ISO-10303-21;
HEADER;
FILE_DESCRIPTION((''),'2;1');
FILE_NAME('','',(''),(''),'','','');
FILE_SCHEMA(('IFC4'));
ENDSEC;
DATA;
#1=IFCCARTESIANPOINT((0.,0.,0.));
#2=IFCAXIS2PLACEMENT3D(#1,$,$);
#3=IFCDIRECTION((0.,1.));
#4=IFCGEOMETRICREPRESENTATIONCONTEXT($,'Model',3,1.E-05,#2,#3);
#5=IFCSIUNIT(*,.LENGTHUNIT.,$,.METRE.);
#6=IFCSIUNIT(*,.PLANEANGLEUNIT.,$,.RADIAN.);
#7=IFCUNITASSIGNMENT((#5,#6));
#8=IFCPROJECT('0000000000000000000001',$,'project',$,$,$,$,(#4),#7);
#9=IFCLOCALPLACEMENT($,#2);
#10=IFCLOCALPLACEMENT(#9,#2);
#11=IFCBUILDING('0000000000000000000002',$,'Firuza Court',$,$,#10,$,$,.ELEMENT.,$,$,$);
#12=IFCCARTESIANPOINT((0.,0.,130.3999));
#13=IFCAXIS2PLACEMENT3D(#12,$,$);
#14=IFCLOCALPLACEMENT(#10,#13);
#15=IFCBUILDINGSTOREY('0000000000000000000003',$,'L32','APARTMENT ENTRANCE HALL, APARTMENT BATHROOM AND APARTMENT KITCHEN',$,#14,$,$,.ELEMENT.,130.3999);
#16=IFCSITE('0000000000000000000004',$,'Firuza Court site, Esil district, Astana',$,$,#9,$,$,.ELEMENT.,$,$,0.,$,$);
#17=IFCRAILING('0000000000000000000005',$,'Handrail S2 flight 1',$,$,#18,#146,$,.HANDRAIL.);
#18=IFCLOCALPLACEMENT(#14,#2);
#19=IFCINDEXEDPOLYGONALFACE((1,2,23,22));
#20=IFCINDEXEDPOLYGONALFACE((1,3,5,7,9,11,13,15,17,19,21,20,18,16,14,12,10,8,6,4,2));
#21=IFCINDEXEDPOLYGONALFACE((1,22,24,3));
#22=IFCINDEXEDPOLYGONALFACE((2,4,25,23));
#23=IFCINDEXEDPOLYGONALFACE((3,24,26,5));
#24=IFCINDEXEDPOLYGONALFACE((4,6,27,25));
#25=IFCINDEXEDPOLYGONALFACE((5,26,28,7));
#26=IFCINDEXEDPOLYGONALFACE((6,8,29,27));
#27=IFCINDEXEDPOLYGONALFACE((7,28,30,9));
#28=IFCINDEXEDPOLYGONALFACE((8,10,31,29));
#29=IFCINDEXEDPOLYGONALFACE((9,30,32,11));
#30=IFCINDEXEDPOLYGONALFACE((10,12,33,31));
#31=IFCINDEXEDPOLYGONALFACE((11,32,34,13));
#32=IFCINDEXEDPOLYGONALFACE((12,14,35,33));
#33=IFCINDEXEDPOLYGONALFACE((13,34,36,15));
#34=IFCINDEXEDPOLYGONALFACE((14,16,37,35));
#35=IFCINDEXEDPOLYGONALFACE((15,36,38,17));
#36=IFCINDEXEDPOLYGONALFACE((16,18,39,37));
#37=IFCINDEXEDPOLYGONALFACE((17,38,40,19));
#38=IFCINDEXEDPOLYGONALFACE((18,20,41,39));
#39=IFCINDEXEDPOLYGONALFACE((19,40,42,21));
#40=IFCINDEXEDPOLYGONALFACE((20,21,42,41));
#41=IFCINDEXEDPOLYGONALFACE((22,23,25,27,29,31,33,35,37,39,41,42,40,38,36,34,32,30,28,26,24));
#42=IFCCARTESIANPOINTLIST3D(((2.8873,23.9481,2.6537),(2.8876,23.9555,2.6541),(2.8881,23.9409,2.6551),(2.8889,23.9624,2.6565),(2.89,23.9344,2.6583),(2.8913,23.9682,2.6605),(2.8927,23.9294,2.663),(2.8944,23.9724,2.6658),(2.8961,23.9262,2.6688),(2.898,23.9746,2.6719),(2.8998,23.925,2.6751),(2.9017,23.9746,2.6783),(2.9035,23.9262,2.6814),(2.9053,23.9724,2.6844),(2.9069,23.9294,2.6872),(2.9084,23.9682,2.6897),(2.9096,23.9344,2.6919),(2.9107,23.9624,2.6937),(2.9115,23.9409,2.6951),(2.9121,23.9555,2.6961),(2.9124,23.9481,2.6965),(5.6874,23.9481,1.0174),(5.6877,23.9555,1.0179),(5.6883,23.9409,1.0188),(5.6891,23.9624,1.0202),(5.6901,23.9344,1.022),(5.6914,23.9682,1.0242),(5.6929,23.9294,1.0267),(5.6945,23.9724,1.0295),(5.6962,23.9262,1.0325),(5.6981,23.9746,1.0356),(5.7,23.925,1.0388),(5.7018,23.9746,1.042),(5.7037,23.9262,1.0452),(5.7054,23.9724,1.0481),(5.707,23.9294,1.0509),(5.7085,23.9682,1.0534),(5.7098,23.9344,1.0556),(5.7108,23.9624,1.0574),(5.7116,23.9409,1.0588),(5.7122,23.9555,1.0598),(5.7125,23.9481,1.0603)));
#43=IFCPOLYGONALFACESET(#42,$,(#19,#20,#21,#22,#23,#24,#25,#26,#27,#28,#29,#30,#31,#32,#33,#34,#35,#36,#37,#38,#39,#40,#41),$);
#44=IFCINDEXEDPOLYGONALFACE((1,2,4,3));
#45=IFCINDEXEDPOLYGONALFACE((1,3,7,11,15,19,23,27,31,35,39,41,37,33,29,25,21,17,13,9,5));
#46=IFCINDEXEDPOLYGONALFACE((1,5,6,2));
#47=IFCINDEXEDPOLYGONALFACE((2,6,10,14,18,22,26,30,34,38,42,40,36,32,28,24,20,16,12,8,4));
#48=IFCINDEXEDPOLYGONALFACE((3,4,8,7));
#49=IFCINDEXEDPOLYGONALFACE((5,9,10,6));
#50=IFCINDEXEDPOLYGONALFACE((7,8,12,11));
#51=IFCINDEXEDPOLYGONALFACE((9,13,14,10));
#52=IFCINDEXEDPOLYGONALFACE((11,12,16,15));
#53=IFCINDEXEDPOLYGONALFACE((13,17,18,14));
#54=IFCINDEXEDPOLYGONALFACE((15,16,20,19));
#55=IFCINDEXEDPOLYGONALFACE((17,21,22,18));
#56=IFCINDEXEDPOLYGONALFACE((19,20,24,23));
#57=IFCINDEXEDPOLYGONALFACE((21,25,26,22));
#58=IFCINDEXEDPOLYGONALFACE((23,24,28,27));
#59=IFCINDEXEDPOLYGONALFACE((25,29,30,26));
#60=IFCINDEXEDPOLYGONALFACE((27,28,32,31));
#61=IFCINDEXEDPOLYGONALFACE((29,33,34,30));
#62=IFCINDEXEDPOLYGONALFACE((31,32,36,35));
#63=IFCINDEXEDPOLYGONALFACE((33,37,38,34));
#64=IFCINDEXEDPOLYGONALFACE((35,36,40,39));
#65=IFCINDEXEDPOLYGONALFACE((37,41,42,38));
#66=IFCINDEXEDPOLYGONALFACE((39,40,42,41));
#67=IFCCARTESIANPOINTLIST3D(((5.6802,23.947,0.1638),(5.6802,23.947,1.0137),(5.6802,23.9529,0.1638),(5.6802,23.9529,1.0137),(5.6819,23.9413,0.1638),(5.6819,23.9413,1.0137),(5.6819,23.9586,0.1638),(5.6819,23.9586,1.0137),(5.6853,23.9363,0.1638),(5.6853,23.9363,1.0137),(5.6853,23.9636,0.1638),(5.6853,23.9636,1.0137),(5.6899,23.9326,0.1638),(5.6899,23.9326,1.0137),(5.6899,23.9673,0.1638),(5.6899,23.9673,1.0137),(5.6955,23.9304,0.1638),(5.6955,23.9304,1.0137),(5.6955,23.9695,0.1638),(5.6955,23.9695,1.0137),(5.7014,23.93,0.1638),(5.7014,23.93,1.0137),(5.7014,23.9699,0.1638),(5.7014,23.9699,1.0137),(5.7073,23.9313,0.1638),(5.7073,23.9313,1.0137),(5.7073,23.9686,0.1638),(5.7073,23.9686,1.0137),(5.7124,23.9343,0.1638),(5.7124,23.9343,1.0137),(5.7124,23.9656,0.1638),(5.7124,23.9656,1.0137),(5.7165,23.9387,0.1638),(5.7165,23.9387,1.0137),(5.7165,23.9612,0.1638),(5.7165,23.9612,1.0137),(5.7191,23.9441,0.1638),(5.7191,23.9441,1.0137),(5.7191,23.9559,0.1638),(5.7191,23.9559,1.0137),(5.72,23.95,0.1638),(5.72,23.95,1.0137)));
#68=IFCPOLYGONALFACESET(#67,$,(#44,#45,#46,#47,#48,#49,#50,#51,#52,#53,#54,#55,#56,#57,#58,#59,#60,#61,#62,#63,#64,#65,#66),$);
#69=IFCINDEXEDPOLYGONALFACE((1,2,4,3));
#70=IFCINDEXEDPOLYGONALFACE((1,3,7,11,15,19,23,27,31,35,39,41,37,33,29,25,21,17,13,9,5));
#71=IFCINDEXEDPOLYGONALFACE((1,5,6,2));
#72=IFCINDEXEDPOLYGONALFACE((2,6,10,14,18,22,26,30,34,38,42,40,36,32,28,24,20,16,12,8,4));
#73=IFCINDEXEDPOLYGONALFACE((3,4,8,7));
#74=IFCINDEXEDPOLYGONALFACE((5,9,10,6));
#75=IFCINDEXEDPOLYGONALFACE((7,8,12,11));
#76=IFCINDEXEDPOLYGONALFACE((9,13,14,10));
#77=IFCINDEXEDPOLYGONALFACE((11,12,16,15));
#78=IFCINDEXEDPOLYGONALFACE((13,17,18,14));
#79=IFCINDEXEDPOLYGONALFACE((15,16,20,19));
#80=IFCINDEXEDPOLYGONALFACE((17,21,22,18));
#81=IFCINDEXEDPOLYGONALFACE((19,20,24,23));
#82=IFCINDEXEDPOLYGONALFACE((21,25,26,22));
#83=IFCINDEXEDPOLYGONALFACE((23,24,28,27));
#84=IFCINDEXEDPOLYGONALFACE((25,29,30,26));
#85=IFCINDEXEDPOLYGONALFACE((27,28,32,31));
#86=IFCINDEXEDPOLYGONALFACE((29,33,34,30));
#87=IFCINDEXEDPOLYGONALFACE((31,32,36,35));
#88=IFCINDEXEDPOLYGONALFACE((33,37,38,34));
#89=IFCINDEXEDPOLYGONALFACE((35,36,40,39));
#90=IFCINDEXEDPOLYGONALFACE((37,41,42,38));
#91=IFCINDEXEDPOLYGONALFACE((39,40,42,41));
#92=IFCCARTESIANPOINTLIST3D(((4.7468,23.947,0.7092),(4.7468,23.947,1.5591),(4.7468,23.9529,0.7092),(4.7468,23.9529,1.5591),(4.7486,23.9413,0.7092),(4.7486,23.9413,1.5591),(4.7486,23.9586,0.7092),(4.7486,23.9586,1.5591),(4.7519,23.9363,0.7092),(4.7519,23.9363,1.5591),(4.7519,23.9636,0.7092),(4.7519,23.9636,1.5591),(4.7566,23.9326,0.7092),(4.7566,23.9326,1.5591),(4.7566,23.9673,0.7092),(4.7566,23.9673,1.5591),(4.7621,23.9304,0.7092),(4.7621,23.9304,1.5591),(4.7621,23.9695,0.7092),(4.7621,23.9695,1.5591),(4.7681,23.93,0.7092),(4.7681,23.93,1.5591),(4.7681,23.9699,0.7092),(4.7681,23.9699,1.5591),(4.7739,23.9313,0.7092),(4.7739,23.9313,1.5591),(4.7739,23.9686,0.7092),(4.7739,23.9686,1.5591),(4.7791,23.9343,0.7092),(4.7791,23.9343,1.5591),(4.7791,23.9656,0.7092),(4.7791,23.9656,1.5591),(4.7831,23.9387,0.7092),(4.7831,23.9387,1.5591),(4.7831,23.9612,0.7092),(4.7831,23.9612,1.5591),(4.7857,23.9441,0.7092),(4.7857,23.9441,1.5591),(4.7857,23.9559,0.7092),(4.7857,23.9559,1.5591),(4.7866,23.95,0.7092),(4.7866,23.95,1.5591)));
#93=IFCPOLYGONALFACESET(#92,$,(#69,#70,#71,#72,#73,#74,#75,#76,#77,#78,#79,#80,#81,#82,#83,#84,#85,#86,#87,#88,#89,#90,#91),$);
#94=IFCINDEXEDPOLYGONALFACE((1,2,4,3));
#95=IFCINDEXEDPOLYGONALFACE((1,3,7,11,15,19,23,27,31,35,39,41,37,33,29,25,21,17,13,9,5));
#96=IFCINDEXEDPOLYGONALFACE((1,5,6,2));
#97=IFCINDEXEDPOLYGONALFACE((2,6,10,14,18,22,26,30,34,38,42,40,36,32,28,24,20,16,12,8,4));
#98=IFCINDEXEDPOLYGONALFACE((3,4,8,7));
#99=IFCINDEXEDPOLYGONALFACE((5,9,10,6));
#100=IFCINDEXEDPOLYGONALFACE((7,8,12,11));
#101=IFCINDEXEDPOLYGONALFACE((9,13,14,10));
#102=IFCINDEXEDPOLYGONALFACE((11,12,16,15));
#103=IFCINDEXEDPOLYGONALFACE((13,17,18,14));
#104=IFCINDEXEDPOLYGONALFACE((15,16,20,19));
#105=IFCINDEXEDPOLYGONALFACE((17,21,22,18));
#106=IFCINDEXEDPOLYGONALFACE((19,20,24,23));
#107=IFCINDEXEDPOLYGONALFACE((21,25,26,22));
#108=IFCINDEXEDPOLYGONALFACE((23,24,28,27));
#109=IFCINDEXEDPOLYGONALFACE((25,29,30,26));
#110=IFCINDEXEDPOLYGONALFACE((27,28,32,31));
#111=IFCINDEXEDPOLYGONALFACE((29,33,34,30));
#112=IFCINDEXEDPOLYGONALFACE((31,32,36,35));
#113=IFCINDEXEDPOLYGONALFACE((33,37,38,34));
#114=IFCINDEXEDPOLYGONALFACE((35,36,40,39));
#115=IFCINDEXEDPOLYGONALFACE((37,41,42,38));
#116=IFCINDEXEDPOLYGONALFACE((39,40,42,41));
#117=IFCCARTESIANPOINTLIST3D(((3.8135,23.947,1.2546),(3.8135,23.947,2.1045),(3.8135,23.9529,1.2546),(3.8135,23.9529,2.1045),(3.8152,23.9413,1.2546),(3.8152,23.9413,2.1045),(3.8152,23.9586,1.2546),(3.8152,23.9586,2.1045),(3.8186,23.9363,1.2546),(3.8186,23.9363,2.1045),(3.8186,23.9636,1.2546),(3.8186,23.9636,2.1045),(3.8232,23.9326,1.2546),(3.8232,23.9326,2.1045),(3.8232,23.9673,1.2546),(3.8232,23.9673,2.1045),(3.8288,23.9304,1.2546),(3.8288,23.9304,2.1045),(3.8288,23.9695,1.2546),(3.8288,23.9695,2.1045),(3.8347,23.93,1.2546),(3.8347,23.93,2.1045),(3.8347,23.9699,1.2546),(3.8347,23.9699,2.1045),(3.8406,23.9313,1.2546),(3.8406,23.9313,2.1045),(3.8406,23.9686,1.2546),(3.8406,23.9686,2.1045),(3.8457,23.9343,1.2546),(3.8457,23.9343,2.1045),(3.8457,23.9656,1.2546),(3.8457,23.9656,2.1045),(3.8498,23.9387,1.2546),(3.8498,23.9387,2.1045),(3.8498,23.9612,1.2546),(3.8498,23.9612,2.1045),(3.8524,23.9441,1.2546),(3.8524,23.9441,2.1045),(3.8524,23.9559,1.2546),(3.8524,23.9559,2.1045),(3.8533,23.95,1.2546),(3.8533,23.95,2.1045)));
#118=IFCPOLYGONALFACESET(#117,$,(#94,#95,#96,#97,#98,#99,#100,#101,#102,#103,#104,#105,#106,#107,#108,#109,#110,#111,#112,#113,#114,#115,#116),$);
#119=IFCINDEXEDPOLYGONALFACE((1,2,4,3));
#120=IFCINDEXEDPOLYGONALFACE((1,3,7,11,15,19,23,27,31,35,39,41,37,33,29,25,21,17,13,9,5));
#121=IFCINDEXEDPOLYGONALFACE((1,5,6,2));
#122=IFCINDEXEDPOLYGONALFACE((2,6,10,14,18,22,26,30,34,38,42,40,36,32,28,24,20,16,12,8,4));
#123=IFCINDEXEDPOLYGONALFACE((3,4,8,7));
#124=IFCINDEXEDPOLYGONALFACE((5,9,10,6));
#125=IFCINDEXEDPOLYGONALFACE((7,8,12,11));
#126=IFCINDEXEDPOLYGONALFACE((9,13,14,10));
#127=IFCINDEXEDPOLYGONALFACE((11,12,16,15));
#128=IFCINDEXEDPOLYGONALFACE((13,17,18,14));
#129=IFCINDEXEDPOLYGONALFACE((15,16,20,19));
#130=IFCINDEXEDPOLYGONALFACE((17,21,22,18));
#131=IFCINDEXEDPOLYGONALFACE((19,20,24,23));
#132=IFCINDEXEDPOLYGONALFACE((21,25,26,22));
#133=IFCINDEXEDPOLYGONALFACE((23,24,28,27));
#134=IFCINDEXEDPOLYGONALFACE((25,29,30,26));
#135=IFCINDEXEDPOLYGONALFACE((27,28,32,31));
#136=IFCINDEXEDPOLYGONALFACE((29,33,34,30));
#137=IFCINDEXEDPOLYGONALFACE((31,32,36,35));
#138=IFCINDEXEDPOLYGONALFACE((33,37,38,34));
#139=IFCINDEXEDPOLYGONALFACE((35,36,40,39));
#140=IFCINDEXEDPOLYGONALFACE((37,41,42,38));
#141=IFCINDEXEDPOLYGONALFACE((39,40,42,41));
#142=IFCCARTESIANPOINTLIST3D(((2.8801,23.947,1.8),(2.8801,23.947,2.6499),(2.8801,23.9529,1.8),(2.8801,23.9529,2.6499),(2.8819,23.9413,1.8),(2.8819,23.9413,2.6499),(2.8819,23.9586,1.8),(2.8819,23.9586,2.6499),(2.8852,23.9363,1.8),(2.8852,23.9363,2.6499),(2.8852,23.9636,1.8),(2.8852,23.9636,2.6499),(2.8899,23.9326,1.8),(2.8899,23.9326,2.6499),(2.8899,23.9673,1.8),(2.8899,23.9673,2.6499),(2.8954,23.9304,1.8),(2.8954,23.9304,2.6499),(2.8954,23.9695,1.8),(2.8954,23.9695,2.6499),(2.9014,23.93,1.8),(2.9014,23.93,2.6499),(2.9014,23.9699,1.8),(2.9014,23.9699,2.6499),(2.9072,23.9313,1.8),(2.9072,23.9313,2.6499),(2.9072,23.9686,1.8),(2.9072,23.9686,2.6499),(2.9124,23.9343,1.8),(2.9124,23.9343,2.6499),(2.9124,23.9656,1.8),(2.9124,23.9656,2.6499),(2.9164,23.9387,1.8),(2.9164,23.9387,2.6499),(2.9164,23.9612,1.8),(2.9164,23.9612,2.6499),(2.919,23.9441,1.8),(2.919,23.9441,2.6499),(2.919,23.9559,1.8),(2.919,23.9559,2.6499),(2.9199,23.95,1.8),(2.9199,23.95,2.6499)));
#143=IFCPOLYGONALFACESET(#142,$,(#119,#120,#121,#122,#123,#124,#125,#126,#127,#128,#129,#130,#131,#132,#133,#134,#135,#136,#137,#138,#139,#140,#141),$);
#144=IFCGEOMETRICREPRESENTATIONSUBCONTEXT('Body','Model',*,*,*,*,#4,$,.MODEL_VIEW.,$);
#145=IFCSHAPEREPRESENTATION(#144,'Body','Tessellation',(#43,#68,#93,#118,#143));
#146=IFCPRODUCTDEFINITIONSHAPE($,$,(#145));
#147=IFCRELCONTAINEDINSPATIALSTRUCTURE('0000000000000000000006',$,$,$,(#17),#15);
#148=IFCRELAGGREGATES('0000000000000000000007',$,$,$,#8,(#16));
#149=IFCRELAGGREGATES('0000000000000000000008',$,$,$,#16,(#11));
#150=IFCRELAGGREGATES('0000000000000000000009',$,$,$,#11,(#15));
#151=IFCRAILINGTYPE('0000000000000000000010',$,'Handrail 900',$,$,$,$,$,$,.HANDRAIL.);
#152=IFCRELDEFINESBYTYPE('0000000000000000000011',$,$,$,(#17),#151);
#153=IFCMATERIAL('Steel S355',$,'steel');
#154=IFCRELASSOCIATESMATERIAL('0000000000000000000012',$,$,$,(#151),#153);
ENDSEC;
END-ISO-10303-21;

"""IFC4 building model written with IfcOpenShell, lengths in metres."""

from ifc_helpers import new_model, si_unit, direction, frame, origin, origin_2d, place, context, subcontext, project, spatial, circle, extrude, material, type_object, element, save


model = new_model("IFC4")

# Units and contexts
model_context = context("Model", 3, precision=1e-05, world=origin(), true_north=direction((0.0, 1.0)))
body_context = subcontext(model_context, "Body", "Model", "MODEL_VIEW")
ifc_project = project(units=[si_unit("LENGTHUNIT", "METRE"), si_unit("PLANEANGLEUNIT", "RADIAN")], contexts=[model_context])

# Site, building, storey
site_placement = place(None, origin())
site = spatial("IfcSite", under=ifc_project, at=site_placement, Name="Firuza Court site, Esil district, Astana", CompositionType="ELEMENT", RefElevation=0.0)
building_placement = place(site_placement, origin())
building = spatial("IfcBuilding", under=site, at=building_placement, Name="Firuza Court", CompositionType="ELEMENT")
storey_placement = place(building_placement, frame((0.0, 0.0, 130.3999)))
storey = spatial("IfcBuildingStorey", under=building, at=storey_placement, Name="L32", Description="APARTMENT ENTRANCE HALL, APARTMENT BATHROOM AND APARTMENT KITCHEN", CompositionType="ELEMENT", Elevation=130.3999)

# Railing
ifc_material_1 = material(Name="Steel S355", Category="steel")
railing_type_1 = type_object("IfcRailingType", Name="Handrail 900", PredefinedType="HANDRAIL", material=ifc_material_1)
railing_1_placement = place(storey_placement, frame((5.7, 23.95, 0.1638)))
element("IfcRailing", 1, at=railing_1_placement, inside=storey, type_object=railing_type_1, Name="Handrail S2 flight 1", PredefinedType="HANDRAIL", context=body_context, shape_type="SweptSolid", body=[
    extrude(circle(Radius=0.0249, at=origin_2d()), frame((0.0, 0.0, 0.875), z_axis=(-0.863394, 0.0, 0.504531), x_axis=(0.0, -1.0, 0.0)), (0.0, 0.0, 1.0), 3.2432),
    extrude(circle(Radius=0.02, at=origin_2d()), origin(), (0.0, 0.0, 1.0), 0.8499),
    extrude(circle(Radius=0.02, at=origin_2d()), frame((-0.9333, 0.0, 0.5454)), (0.0, 0.0, 1.0), 0.8499),
    extrude(circle(Radius=0.02, at=origin_2d()), frame((-1.8667, 0.0, 1.0908)), (0.0, 0.0, 1.0), 0.8499),
    extrude(circle(Radius=0.02, at=origin_2d()), frame((-2.8, 0.0, 1.6362)), (0.0, 0.0, 1.0), 0.8499),
])

save(model, "model.ifc")
